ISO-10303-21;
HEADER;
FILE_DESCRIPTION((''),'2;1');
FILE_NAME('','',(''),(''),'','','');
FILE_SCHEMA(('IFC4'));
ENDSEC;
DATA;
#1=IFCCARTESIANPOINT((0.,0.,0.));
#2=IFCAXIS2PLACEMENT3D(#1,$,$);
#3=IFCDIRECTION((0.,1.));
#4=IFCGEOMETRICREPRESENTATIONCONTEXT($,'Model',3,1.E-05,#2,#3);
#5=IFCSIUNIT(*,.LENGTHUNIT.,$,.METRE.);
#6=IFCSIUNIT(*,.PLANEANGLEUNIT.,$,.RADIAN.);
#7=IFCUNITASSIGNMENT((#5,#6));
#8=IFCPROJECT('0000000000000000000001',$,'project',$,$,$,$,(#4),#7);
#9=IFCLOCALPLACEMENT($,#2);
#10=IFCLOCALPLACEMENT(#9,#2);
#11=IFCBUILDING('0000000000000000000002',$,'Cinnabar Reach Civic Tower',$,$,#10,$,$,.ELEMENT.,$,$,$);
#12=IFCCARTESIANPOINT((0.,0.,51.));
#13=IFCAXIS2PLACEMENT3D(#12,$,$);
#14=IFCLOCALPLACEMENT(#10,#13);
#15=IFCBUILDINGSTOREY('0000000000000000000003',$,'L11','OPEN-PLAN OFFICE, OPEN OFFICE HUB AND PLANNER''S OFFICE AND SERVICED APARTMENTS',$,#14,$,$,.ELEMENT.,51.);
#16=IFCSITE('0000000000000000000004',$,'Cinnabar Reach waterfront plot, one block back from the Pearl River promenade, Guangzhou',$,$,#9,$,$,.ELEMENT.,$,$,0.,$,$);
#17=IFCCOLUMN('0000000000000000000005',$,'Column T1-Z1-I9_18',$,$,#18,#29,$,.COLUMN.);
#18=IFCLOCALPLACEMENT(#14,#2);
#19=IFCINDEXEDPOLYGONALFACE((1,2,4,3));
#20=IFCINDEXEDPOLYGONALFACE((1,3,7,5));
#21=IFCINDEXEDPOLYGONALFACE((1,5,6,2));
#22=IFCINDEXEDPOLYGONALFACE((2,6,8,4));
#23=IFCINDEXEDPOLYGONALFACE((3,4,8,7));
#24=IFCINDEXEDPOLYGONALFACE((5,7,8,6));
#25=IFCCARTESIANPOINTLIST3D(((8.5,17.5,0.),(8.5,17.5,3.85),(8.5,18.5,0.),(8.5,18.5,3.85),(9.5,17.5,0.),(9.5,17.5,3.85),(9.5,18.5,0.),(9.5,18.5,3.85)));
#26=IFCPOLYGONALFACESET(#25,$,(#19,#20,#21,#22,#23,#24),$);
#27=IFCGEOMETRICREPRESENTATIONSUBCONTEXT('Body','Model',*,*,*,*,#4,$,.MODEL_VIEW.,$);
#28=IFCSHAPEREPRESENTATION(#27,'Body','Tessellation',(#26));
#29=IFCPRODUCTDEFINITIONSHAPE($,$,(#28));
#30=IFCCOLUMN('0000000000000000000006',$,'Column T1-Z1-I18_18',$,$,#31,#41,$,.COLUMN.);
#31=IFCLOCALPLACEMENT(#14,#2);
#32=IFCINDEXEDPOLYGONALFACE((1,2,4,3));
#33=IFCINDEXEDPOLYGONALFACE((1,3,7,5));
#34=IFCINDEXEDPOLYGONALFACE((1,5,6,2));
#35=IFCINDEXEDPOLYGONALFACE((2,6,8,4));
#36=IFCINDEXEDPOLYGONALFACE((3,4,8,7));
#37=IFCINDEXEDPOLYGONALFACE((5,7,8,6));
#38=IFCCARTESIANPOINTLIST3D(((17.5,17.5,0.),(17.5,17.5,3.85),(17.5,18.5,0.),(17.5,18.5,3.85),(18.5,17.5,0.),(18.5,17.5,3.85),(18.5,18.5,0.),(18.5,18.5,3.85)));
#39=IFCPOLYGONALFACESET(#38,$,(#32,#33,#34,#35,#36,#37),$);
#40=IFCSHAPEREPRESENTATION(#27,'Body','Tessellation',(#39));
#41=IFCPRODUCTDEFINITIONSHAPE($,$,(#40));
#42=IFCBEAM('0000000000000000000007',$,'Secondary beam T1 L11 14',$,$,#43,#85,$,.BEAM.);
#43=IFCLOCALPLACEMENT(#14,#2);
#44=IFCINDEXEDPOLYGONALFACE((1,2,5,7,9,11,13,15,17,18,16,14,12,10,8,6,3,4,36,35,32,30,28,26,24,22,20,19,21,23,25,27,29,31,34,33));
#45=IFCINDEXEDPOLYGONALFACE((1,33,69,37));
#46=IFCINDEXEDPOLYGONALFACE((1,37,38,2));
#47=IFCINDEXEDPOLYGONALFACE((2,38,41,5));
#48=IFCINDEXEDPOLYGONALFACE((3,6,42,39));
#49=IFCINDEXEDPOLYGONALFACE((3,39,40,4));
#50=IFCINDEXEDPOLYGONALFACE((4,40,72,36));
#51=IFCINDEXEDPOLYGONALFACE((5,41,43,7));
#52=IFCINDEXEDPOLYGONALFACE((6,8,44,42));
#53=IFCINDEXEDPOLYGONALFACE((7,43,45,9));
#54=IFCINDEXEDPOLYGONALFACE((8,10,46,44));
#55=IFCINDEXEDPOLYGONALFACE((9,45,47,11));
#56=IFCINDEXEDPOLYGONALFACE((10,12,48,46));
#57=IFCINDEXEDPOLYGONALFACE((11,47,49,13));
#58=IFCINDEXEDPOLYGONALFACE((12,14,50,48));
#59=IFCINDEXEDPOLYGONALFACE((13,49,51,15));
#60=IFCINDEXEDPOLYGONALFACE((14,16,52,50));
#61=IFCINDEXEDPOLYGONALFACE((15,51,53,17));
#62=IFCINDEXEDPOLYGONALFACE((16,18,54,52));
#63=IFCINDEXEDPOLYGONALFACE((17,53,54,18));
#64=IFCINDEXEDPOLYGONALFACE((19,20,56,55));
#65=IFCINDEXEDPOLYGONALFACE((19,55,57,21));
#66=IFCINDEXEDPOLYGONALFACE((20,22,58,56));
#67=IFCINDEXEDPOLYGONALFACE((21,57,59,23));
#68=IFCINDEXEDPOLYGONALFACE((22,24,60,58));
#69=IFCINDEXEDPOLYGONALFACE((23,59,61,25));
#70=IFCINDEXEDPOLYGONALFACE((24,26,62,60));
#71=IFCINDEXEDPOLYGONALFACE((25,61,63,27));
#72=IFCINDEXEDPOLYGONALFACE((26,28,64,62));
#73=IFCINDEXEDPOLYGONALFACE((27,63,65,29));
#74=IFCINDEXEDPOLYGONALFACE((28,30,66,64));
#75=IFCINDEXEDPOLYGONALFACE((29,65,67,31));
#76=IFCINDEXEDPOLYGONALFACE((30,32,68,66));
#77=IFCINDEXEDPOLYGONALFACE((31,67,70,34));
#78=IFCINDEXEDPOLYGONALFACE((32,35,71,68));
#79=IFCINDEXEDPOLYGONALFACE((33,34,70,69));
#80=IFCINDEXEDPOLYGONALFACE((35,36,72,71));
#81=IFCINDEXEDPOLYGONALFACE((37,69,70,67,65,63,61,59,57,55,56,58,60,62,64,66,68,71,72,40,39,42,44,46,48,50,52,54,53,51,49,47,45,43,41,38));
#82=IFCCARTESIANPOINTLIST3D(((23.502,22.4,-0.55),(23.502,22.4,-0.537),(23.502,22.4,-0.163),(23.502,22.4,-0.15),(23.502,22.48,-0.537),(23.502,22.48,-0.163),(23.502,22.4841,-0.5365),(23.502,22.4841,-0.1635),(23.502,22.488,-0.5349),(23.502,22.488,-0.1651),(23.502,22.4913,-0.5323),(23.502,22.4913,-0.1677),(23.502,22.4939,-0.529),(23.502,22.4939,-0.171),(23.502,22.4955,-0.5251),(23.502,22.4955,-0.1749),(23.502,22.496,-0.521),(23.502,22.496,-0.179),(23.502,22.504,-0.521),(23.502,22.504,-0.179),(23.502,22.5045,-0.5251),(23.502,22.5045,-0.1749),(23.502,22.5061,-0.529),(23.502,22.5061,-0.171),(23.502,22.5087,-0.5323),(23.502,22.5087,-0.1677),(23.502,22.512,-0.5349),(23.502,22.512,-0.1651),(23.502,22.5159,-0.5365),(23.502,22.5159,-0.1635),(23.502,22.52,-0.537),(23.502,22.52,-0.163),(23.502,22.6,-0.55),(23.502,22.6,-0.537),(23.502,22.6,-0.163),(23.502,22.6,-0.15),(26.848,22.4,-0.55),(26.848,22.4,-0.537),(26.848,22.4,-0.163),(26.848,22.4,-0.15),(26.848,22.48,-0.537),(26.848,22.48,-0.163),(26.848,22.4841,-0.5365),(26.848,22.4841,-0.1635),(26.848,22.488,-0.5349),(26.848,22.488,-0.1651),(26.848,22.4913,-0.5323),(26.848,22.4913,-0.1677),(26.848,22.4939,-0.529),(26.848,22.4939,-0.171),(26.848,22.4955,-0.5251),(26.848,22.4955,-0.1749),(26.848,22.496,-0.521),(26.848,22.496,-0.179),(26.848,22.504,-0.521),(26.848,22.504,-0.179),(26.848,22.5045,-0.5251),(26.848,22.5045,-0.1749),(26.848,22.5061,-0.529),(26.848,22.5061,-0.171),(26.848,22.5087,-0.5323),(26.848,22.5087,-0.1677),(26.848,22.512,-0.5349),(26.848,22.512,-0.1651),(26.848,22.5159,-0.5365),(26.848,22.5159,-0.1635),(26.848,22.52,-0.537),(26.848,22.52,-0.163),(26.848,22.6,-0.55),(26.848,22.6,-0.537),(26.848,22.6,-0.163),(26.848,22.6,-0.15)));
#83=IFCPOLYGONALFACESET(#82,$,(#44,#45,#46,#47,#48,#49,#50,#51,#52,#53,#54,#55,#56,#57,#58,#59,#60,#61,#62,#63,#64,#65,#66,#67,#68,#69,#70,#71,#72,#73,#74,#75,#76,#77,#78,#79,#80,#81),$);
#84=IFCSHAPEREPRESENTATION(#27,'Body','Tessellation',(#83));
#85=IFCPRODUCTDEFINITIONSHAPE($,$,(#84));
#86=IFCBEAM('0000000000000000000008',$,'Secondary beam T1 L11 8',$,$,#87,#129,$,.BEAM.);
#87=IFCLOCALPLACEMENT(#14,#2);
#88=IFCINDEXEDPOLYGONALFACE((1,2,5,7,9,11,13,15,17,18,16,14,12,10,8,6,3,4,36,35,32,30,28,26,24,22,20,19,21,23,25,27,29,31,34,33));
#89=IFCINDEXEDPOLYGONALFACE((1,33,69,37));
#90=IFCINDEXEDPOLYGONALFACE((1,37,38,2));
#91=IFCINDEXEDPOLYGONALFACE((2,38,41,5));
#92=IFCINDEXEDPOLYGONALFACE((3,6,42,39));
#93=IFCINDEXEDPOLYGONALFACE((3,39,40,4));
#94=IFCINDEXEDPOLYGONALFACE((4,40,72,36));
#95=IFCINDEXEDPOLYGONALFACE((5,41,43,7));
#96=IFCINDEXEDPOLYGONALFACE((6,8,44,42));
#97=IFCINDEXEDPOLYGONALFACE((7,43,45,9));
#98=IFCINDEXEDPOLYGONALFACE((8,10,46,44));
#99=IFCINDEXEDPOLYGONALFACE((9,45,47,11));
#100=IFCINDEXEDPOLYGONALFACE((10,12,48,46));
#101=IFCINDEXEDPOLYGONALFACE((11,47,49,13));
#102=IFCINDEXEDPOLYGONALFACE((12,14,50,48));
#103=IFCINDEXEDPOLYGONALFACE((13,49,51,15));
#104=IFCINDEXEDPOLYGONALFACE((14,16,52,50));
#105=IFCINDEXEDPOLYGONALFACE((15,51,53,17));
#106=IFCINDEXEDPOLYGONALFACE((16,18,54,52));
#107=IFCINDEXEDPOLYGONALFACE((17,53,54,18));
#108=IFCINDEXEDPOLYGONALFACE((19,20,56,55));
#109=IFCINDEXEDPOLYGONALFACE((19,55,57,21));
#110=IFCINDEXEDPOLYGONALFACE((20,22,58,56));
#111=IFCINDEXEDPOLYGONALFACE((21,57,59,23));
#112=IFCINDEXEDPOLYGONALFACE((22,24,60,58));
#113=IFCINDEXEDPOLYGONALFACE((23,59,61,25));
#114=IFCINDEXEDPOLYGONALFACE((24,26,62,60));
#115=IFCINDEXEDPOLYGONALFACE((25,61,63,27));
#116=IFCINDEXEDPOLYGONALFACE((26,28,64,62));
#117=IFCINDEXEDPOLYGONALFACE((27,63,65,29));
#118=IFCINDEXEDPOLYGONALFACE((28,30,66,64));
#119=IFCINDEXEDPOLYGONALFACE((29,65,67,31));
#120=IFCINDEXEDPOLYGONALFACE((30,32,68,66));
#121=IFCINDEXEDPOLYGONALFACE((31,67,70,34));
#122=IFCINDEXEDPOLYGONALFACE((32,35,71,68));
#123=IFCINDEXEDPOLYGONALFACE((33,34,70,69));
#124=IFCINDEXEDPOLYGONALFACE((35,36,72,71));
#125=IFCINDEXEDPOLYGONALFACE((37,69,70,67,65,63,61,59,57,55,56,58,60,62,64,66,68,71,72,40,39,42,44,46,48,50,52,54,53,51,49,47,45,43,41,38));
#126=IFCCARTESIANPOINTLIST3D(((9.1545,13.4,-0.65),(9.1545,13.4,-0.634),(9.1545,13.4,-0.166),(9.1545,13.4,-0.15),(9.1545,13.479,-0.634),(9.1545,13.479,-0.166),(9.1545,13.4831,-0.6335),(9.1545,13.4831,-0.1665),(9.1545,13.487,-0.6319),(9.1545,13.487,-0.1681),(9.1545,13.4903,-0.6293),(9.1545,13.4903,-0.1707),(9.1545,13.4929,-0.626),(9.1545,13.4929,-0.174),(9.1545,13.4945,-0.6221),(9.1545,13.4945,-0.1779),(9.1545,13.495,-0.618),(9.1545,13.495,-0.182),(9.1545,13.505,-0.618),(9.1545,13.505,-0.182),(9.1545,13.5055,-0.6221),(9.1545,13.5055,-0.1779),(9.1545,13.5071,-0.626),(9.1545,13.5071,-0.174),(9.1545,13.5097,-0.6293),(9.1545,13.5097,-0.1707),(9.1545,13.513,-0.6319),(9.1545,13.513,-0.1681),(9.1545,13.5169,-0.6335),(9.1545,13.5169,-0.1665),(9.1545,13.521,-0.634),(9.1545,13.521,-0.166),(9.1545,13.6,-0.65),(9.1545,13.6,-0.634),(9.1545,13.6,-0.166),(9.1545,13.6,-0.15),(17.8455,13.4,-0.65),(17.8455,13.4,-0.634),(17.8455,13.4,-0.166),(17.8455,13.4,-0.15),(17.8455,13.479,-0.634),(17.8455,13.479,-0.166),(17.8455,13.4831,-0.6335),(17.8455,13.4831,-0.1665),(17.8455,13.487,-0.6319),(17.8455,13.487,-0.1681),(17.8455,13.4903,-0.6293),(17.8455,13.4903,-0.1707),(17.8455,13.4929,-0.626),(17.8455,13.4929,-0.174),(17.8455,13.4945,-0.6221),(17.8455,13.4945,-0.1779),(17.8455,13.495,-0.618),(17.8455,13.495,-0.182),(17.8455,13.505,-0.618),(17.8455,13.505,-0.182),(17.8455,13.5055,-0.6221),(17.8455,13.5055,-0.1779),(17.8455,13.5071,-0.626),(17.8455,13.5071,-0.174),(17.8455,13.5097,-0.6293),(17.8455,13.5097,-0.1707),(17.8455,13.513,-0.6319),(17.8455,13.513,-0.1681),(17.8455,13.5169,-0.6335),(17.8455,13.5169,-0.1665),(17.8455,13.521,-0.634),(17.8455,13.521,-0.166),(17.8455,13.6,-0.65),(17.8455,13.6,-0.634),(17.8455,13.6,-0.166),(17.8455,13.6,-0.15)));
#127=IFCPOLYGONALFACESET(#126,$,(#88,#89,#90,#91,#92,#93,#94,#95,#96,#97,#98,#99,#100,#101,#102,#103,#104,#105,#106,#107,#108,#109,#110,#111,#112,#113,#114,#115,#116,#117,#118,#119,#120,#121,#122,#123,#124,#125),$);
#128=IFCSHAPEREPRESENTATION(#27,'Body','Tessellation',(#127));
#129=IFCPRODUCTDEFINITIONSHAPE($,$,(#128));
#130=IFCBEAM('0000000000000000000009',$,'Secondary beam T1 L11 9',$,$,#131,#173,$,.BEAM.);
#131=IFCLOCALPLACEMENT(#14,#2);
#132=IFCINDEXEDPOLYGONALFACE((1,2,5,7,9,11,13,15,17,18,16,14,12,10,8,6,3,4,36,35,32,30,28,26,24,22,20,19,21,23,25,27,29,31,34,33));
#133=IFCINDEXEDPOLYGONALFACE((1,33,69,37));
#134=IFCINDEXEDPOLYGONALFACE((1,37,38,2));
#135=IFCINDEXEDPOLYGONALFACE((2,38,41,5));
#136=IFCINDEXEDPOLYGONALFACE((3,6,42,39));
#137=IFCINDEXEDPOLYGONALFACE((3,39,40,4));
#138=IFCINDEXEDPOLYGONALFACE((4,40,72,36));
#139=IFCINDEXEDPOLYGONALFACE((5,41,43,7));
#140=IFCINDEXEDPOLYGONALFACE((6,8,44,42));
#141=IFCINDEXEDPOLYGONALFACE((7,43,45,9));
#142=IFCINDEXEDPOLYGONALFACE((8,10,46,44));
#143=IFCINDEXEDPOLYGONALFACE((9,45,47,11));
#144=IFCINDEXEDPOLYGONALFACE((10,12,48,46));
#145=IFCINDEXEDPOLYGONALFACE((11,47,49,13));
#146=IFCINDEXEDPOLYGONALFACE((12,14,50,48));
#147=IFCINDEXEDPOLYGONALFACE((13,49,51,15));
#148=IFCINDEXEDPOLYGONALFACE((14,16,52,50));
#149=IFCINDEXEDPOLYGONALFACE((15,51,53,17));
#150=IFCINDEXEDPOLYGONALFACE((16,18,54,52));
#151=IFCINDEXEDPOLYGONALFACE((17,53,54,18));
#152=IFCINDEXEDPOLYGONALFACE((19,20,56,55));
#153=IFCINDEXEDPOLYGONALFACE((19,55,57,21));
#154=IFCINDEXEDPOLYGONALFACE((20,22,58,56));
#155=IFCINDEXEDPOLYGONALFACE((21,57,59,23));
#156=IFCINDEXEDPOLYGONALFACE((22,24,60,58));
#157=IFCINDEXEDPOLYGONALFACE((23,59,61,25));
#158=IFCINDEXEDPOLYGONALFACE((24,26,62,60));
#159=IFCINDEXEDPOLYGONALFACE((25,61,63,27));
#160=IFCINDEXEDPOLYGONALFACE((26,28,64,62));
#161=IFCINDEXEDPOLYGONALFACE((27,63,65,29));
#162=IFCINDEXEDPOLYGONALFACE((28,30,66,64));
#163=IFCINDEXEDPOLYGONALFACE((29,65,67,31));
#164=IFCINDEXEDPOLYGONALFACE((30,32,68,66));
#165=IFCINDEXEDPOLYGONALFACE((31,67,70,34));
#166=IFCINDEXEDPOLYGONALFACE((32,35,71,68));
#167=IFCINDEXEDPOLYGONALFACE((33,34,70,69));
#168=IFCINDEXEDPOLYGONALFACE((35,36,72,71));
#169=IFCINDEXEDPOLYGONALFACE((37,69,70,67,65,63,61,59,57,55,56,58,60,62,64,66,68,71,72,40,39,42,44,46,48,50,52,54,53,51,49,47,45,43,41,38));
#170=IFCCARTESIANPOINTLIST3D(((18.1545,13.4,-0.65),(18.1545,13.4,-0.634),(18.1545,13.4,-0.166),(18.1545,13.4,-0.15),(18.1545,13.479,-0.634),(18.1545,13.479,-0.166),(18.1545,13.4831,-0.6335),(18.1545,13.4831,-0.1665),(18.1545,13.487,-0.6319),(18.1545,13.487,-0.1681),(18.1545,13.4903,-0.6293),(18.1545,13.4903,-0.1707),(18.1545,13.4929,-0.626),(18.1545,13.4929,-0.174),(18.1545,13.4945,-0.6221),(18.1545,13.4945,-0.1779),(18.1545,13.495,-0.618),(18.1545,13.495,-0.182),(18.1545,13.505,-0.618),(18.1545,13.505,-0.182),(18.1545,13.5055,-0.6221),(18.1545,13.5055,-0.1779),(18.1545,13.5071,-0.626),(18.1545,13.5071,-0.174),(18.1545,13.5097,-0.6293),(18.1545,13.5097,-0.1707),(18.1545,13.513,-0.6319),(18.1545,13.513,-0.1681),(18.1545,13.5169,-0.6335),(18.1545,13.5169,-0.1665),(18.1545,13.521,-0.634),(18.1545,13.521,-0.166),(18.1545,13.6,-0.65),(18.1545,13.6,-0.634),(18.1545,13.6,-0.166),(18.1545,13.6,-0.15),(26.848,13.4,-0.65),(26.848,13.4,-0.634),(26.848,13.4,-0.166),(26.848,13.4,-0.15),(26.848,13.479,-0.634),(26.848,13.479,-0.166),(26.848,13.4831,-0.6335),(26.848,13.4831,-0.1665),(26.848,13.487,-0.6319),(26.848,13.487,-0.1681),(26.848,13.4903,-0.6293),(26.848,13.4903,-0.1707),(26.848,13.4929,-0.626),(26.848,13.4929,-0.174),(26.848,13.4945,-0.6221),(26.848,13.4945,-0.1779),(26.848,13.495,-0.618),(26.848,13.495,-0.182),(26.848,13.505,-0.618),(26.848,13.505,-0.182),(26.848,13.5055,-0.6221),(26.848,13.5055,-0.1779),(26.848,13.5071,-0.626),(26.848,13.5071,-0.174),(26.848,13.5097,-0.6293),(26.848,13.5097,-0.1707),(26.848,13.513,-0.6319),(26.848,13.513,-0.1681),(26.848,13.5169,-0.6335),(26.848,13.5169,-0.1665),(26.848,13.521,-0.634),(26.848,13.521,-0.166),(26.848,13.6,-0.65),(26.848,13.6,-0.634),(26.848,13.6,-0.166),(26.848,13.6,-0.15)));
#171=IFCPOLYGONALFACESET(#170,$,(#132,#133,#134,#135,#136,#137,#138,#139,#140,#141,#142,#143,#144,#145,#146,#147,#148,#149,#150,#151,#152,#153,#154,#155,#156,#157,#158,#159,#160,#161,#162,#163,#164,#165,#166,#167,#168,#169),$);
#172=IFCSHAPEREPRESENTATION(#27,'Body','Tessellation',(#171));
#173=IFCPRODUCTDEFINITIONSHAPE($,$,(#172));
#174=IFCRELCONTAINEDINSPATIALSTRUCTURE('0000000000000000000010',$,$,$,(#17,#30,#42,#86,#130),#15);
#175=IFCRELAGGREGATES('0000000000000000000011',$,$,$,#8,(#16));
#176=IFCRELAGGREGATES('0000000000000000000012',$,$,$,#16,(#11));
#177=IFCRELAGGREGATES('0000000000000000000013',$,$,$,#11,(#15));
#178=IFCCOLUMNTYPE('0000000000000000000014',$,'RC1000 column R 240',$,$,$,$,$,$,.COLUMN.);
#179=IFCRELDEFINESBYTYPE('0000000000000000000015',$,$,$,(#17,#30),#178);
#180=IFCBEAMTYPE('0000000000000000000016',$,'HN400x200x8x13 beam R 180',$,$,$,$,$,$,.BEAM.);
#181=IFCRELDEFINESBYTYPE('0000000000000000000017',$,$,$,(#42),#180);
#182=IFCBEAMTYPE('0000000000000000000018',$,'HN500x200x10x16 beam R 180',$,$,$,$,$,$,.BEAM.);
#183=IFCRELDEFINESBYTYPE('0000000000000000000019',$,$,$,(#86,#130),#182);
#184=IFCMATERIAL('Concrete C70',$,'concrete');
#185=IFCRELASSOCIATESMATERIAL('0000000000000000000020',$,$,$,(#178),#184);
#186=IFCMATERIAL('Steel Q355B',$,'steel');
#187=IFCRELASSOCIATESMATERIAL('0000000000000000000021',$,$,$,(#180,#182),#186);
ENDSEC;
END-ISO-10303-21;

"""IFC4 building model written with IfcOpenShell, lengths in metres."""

from ifc_helpers import new_model, si_unit, direction, frame, origin, origin_2d, place, context, subcontext, project, spatial, rectangle, i_section, extrude, material, material_profile, profile_set, type_object, element, save


model = new_model("IFC4")

# Units and contexts
model_context = context("Model", 3, precision=1e-05, world=origin(), true_north=direction((0.0, 1.0)))
body_context = subcontext(model_context, "Body", "Model", "MODEL_VIEW")
ifc_project = project(units=[si_unit("LENGTHUNIT", "METRE"), si_unit("PLANEANGLEUNIT", "RADIAN")], contexts=[model_context])

# Site, building, storey
site_placement = place(None, origin())
site = spatial("IfcSite", under=ifc_project, at=site_placement, Name="Cinnabar Reach waterfront plot, one block back from the Pearl River promenade, Guangzhou", CompositionType="ELEMENT", RefElevation=0.0)
building_placement = place(site_placement, origin())
building = spatial("IfcBuilding", under=site, at=building_placement, Name="Cinnabar Reach Civic Tower", CompositionType="ELEMENT")
storey_placement = place(building_placement, frame((0.0, 0.0, 51.0)))
storey = spatial("IfcBuildingStorey", under=building, at=storey_placement, Name="L11", Description="OPEN-PLAN OFFICE, OPEN OFFICE HUB AND PLANNER'S OFFICE AND SERVICED APARTMENTS", CompositionType="ELEMENT", Elevation=51.0)

# Columns
ifc_material_1 = material(Name="Concrete C70", Category="concrete")
ifc_material_profile_1 = material_profile(ifc_material_1, rectangle(XDim=1.0, YDim=1.0, at=origin_2d()), Name="RC1000")
ifc_profile_set_1 = profile_set([ifc_material_profile_1], Name="Concrete C70")
column_type = type_object("IfcColumnType", Name="RC1000 column R 240", PredefinedType="COLUMN", material=ifc_profile_set_1)
for number, where, z_axis, x_axis, name in (
    (1, (9.0, 18.0, 0.0), (0.0, 0.0, 1.0), (1.0, 0.0, 0.0), "Column T1-Z1-I9_18"),
    (2, (18.0, 18.0, 0.0), (0.0, 0.0, 1.0), (1.0, 0.0, 0.0), "Column T1-Z1-I18_18"),
):
    element("IfcColumn", number, at=place(storey_placement, frame(where, z_axis=z_axis, x_axis=x_axis)), inside=storey, type_object=column_type, Name=name, PredefinedType="COLUMN", context=body_context, shape_type="SweptSolid", body=[
        extrude(rectangle(XDim=1.0, YDim=1.0, at=origin_2d()), origin(), (0.0, 0.0, 1.0), 3.85),
    ])

# Beams
ifc_material_2 = material(Name="Steel Q355B", Category="steel")
ifc_material_profile_2 = material_profile(ifc_material_2, i_section(OverallWidth=0.2, OverallDepth=0.4, WebThickness=0.008, FlangeThickness=0.013, FilletRadius=0.016, at=origin_2d()), Name="HN400x200x8x13")
ifc_profile_set_2 = profile_set([ifc_material_profile_2], Name="Steel Q355B")
beam_type_1 = type_object("IfcBeamType", Name="HN400x200x8x13 beam R 180", PredefinedType="BEAM", material=ifc_profile_set_2)
beam_1_placement = place(storey_placement, frame((23.502, 22.5, -0.35), z_axis=(1.0, 0.0, 0.0), x_axis=(0.0, 1.0, 0.0)))
element("IfcBeam", 3, at=beam_1_placement, inside=storey, type_object=beam_type_1, Name="Secondary beam T1 L11 14", PredefinedType="BEAM", context=body_context, shape_type="SweptSolid", body=[
    extrude(i_section(OverallWidth=0.2, OverallDepth=0.4, WebThickness=0.008, FlangeThickness=0.013, FilletRadius=0.016, at=origin_2d()), origin(), (0.0, 0.0, 1.0), 3.346),
])
ifc_material_profile_3 = material_profile(ifc_material_2, i_section(OverallWidth=0.2, OverallDepth=0.5, WebThickness=0.01, FlangeThickness=0.016, FilletRadius=0.016, at=origin_2d()), Name="HN500x200x10x16")
ifc_profile_set_3 = profile_set([ifc_material_profile_3], Name="Steel Q355B")
beam_type_2 = type_object("IfcBeamType", Name="HN500x200x10x16 beam R 180", PredefinedType="BEAM", material=ifc_profile_set_3)
beam_2_placement = place(storey_placement, frame((9.1545, 13.5, -0.4), z_axis=(1.0, 0.0, 0.0), x_axis=(0.0, 1.0, 0.0)))
element("IfcBeam", 4, at=beam_2_placement, inside=storey, type_object=beam_type_2, Name="Secondary beam T1 L11 8", PredefinedType="BEAM", context=body_context, shape_type="SweptSolid", body=[
    extrude(i_section(OverallWidth=0.2, OverallDepth=0.5, WebThickness=0.01, FlangeThickness=0.016, FilletRadius=0.016, at=origin_2d()), origin(), (0.0, 0.0, 1.0), 8.691),
])
beam_3_placement = place(storey_placement, frame((18.1545, 13.5, -0.4), z_axis=(1.0, 0.0, 0.0), x_axis=(0.0, 1.0, 0.0)))
element("IfcBeam", 5, at=beam_3_placement, inside=storey, type_object=beam_type_2, Name="Secondary beam T1 L11 9", PredefinedType="BEAM", context=body_context, shape_type="SweptSolid", body=[
    extrude(i_section(OverallWidth=0.2, OverallDepth=0.5, WebThickness=0.01, FlangeThickness=0.016, FilletRadius=0.016, at=origin_2d()), origin(), (0.0, 0.0, 1.0), 8.6935),
])

save(model, "model.ifc")
